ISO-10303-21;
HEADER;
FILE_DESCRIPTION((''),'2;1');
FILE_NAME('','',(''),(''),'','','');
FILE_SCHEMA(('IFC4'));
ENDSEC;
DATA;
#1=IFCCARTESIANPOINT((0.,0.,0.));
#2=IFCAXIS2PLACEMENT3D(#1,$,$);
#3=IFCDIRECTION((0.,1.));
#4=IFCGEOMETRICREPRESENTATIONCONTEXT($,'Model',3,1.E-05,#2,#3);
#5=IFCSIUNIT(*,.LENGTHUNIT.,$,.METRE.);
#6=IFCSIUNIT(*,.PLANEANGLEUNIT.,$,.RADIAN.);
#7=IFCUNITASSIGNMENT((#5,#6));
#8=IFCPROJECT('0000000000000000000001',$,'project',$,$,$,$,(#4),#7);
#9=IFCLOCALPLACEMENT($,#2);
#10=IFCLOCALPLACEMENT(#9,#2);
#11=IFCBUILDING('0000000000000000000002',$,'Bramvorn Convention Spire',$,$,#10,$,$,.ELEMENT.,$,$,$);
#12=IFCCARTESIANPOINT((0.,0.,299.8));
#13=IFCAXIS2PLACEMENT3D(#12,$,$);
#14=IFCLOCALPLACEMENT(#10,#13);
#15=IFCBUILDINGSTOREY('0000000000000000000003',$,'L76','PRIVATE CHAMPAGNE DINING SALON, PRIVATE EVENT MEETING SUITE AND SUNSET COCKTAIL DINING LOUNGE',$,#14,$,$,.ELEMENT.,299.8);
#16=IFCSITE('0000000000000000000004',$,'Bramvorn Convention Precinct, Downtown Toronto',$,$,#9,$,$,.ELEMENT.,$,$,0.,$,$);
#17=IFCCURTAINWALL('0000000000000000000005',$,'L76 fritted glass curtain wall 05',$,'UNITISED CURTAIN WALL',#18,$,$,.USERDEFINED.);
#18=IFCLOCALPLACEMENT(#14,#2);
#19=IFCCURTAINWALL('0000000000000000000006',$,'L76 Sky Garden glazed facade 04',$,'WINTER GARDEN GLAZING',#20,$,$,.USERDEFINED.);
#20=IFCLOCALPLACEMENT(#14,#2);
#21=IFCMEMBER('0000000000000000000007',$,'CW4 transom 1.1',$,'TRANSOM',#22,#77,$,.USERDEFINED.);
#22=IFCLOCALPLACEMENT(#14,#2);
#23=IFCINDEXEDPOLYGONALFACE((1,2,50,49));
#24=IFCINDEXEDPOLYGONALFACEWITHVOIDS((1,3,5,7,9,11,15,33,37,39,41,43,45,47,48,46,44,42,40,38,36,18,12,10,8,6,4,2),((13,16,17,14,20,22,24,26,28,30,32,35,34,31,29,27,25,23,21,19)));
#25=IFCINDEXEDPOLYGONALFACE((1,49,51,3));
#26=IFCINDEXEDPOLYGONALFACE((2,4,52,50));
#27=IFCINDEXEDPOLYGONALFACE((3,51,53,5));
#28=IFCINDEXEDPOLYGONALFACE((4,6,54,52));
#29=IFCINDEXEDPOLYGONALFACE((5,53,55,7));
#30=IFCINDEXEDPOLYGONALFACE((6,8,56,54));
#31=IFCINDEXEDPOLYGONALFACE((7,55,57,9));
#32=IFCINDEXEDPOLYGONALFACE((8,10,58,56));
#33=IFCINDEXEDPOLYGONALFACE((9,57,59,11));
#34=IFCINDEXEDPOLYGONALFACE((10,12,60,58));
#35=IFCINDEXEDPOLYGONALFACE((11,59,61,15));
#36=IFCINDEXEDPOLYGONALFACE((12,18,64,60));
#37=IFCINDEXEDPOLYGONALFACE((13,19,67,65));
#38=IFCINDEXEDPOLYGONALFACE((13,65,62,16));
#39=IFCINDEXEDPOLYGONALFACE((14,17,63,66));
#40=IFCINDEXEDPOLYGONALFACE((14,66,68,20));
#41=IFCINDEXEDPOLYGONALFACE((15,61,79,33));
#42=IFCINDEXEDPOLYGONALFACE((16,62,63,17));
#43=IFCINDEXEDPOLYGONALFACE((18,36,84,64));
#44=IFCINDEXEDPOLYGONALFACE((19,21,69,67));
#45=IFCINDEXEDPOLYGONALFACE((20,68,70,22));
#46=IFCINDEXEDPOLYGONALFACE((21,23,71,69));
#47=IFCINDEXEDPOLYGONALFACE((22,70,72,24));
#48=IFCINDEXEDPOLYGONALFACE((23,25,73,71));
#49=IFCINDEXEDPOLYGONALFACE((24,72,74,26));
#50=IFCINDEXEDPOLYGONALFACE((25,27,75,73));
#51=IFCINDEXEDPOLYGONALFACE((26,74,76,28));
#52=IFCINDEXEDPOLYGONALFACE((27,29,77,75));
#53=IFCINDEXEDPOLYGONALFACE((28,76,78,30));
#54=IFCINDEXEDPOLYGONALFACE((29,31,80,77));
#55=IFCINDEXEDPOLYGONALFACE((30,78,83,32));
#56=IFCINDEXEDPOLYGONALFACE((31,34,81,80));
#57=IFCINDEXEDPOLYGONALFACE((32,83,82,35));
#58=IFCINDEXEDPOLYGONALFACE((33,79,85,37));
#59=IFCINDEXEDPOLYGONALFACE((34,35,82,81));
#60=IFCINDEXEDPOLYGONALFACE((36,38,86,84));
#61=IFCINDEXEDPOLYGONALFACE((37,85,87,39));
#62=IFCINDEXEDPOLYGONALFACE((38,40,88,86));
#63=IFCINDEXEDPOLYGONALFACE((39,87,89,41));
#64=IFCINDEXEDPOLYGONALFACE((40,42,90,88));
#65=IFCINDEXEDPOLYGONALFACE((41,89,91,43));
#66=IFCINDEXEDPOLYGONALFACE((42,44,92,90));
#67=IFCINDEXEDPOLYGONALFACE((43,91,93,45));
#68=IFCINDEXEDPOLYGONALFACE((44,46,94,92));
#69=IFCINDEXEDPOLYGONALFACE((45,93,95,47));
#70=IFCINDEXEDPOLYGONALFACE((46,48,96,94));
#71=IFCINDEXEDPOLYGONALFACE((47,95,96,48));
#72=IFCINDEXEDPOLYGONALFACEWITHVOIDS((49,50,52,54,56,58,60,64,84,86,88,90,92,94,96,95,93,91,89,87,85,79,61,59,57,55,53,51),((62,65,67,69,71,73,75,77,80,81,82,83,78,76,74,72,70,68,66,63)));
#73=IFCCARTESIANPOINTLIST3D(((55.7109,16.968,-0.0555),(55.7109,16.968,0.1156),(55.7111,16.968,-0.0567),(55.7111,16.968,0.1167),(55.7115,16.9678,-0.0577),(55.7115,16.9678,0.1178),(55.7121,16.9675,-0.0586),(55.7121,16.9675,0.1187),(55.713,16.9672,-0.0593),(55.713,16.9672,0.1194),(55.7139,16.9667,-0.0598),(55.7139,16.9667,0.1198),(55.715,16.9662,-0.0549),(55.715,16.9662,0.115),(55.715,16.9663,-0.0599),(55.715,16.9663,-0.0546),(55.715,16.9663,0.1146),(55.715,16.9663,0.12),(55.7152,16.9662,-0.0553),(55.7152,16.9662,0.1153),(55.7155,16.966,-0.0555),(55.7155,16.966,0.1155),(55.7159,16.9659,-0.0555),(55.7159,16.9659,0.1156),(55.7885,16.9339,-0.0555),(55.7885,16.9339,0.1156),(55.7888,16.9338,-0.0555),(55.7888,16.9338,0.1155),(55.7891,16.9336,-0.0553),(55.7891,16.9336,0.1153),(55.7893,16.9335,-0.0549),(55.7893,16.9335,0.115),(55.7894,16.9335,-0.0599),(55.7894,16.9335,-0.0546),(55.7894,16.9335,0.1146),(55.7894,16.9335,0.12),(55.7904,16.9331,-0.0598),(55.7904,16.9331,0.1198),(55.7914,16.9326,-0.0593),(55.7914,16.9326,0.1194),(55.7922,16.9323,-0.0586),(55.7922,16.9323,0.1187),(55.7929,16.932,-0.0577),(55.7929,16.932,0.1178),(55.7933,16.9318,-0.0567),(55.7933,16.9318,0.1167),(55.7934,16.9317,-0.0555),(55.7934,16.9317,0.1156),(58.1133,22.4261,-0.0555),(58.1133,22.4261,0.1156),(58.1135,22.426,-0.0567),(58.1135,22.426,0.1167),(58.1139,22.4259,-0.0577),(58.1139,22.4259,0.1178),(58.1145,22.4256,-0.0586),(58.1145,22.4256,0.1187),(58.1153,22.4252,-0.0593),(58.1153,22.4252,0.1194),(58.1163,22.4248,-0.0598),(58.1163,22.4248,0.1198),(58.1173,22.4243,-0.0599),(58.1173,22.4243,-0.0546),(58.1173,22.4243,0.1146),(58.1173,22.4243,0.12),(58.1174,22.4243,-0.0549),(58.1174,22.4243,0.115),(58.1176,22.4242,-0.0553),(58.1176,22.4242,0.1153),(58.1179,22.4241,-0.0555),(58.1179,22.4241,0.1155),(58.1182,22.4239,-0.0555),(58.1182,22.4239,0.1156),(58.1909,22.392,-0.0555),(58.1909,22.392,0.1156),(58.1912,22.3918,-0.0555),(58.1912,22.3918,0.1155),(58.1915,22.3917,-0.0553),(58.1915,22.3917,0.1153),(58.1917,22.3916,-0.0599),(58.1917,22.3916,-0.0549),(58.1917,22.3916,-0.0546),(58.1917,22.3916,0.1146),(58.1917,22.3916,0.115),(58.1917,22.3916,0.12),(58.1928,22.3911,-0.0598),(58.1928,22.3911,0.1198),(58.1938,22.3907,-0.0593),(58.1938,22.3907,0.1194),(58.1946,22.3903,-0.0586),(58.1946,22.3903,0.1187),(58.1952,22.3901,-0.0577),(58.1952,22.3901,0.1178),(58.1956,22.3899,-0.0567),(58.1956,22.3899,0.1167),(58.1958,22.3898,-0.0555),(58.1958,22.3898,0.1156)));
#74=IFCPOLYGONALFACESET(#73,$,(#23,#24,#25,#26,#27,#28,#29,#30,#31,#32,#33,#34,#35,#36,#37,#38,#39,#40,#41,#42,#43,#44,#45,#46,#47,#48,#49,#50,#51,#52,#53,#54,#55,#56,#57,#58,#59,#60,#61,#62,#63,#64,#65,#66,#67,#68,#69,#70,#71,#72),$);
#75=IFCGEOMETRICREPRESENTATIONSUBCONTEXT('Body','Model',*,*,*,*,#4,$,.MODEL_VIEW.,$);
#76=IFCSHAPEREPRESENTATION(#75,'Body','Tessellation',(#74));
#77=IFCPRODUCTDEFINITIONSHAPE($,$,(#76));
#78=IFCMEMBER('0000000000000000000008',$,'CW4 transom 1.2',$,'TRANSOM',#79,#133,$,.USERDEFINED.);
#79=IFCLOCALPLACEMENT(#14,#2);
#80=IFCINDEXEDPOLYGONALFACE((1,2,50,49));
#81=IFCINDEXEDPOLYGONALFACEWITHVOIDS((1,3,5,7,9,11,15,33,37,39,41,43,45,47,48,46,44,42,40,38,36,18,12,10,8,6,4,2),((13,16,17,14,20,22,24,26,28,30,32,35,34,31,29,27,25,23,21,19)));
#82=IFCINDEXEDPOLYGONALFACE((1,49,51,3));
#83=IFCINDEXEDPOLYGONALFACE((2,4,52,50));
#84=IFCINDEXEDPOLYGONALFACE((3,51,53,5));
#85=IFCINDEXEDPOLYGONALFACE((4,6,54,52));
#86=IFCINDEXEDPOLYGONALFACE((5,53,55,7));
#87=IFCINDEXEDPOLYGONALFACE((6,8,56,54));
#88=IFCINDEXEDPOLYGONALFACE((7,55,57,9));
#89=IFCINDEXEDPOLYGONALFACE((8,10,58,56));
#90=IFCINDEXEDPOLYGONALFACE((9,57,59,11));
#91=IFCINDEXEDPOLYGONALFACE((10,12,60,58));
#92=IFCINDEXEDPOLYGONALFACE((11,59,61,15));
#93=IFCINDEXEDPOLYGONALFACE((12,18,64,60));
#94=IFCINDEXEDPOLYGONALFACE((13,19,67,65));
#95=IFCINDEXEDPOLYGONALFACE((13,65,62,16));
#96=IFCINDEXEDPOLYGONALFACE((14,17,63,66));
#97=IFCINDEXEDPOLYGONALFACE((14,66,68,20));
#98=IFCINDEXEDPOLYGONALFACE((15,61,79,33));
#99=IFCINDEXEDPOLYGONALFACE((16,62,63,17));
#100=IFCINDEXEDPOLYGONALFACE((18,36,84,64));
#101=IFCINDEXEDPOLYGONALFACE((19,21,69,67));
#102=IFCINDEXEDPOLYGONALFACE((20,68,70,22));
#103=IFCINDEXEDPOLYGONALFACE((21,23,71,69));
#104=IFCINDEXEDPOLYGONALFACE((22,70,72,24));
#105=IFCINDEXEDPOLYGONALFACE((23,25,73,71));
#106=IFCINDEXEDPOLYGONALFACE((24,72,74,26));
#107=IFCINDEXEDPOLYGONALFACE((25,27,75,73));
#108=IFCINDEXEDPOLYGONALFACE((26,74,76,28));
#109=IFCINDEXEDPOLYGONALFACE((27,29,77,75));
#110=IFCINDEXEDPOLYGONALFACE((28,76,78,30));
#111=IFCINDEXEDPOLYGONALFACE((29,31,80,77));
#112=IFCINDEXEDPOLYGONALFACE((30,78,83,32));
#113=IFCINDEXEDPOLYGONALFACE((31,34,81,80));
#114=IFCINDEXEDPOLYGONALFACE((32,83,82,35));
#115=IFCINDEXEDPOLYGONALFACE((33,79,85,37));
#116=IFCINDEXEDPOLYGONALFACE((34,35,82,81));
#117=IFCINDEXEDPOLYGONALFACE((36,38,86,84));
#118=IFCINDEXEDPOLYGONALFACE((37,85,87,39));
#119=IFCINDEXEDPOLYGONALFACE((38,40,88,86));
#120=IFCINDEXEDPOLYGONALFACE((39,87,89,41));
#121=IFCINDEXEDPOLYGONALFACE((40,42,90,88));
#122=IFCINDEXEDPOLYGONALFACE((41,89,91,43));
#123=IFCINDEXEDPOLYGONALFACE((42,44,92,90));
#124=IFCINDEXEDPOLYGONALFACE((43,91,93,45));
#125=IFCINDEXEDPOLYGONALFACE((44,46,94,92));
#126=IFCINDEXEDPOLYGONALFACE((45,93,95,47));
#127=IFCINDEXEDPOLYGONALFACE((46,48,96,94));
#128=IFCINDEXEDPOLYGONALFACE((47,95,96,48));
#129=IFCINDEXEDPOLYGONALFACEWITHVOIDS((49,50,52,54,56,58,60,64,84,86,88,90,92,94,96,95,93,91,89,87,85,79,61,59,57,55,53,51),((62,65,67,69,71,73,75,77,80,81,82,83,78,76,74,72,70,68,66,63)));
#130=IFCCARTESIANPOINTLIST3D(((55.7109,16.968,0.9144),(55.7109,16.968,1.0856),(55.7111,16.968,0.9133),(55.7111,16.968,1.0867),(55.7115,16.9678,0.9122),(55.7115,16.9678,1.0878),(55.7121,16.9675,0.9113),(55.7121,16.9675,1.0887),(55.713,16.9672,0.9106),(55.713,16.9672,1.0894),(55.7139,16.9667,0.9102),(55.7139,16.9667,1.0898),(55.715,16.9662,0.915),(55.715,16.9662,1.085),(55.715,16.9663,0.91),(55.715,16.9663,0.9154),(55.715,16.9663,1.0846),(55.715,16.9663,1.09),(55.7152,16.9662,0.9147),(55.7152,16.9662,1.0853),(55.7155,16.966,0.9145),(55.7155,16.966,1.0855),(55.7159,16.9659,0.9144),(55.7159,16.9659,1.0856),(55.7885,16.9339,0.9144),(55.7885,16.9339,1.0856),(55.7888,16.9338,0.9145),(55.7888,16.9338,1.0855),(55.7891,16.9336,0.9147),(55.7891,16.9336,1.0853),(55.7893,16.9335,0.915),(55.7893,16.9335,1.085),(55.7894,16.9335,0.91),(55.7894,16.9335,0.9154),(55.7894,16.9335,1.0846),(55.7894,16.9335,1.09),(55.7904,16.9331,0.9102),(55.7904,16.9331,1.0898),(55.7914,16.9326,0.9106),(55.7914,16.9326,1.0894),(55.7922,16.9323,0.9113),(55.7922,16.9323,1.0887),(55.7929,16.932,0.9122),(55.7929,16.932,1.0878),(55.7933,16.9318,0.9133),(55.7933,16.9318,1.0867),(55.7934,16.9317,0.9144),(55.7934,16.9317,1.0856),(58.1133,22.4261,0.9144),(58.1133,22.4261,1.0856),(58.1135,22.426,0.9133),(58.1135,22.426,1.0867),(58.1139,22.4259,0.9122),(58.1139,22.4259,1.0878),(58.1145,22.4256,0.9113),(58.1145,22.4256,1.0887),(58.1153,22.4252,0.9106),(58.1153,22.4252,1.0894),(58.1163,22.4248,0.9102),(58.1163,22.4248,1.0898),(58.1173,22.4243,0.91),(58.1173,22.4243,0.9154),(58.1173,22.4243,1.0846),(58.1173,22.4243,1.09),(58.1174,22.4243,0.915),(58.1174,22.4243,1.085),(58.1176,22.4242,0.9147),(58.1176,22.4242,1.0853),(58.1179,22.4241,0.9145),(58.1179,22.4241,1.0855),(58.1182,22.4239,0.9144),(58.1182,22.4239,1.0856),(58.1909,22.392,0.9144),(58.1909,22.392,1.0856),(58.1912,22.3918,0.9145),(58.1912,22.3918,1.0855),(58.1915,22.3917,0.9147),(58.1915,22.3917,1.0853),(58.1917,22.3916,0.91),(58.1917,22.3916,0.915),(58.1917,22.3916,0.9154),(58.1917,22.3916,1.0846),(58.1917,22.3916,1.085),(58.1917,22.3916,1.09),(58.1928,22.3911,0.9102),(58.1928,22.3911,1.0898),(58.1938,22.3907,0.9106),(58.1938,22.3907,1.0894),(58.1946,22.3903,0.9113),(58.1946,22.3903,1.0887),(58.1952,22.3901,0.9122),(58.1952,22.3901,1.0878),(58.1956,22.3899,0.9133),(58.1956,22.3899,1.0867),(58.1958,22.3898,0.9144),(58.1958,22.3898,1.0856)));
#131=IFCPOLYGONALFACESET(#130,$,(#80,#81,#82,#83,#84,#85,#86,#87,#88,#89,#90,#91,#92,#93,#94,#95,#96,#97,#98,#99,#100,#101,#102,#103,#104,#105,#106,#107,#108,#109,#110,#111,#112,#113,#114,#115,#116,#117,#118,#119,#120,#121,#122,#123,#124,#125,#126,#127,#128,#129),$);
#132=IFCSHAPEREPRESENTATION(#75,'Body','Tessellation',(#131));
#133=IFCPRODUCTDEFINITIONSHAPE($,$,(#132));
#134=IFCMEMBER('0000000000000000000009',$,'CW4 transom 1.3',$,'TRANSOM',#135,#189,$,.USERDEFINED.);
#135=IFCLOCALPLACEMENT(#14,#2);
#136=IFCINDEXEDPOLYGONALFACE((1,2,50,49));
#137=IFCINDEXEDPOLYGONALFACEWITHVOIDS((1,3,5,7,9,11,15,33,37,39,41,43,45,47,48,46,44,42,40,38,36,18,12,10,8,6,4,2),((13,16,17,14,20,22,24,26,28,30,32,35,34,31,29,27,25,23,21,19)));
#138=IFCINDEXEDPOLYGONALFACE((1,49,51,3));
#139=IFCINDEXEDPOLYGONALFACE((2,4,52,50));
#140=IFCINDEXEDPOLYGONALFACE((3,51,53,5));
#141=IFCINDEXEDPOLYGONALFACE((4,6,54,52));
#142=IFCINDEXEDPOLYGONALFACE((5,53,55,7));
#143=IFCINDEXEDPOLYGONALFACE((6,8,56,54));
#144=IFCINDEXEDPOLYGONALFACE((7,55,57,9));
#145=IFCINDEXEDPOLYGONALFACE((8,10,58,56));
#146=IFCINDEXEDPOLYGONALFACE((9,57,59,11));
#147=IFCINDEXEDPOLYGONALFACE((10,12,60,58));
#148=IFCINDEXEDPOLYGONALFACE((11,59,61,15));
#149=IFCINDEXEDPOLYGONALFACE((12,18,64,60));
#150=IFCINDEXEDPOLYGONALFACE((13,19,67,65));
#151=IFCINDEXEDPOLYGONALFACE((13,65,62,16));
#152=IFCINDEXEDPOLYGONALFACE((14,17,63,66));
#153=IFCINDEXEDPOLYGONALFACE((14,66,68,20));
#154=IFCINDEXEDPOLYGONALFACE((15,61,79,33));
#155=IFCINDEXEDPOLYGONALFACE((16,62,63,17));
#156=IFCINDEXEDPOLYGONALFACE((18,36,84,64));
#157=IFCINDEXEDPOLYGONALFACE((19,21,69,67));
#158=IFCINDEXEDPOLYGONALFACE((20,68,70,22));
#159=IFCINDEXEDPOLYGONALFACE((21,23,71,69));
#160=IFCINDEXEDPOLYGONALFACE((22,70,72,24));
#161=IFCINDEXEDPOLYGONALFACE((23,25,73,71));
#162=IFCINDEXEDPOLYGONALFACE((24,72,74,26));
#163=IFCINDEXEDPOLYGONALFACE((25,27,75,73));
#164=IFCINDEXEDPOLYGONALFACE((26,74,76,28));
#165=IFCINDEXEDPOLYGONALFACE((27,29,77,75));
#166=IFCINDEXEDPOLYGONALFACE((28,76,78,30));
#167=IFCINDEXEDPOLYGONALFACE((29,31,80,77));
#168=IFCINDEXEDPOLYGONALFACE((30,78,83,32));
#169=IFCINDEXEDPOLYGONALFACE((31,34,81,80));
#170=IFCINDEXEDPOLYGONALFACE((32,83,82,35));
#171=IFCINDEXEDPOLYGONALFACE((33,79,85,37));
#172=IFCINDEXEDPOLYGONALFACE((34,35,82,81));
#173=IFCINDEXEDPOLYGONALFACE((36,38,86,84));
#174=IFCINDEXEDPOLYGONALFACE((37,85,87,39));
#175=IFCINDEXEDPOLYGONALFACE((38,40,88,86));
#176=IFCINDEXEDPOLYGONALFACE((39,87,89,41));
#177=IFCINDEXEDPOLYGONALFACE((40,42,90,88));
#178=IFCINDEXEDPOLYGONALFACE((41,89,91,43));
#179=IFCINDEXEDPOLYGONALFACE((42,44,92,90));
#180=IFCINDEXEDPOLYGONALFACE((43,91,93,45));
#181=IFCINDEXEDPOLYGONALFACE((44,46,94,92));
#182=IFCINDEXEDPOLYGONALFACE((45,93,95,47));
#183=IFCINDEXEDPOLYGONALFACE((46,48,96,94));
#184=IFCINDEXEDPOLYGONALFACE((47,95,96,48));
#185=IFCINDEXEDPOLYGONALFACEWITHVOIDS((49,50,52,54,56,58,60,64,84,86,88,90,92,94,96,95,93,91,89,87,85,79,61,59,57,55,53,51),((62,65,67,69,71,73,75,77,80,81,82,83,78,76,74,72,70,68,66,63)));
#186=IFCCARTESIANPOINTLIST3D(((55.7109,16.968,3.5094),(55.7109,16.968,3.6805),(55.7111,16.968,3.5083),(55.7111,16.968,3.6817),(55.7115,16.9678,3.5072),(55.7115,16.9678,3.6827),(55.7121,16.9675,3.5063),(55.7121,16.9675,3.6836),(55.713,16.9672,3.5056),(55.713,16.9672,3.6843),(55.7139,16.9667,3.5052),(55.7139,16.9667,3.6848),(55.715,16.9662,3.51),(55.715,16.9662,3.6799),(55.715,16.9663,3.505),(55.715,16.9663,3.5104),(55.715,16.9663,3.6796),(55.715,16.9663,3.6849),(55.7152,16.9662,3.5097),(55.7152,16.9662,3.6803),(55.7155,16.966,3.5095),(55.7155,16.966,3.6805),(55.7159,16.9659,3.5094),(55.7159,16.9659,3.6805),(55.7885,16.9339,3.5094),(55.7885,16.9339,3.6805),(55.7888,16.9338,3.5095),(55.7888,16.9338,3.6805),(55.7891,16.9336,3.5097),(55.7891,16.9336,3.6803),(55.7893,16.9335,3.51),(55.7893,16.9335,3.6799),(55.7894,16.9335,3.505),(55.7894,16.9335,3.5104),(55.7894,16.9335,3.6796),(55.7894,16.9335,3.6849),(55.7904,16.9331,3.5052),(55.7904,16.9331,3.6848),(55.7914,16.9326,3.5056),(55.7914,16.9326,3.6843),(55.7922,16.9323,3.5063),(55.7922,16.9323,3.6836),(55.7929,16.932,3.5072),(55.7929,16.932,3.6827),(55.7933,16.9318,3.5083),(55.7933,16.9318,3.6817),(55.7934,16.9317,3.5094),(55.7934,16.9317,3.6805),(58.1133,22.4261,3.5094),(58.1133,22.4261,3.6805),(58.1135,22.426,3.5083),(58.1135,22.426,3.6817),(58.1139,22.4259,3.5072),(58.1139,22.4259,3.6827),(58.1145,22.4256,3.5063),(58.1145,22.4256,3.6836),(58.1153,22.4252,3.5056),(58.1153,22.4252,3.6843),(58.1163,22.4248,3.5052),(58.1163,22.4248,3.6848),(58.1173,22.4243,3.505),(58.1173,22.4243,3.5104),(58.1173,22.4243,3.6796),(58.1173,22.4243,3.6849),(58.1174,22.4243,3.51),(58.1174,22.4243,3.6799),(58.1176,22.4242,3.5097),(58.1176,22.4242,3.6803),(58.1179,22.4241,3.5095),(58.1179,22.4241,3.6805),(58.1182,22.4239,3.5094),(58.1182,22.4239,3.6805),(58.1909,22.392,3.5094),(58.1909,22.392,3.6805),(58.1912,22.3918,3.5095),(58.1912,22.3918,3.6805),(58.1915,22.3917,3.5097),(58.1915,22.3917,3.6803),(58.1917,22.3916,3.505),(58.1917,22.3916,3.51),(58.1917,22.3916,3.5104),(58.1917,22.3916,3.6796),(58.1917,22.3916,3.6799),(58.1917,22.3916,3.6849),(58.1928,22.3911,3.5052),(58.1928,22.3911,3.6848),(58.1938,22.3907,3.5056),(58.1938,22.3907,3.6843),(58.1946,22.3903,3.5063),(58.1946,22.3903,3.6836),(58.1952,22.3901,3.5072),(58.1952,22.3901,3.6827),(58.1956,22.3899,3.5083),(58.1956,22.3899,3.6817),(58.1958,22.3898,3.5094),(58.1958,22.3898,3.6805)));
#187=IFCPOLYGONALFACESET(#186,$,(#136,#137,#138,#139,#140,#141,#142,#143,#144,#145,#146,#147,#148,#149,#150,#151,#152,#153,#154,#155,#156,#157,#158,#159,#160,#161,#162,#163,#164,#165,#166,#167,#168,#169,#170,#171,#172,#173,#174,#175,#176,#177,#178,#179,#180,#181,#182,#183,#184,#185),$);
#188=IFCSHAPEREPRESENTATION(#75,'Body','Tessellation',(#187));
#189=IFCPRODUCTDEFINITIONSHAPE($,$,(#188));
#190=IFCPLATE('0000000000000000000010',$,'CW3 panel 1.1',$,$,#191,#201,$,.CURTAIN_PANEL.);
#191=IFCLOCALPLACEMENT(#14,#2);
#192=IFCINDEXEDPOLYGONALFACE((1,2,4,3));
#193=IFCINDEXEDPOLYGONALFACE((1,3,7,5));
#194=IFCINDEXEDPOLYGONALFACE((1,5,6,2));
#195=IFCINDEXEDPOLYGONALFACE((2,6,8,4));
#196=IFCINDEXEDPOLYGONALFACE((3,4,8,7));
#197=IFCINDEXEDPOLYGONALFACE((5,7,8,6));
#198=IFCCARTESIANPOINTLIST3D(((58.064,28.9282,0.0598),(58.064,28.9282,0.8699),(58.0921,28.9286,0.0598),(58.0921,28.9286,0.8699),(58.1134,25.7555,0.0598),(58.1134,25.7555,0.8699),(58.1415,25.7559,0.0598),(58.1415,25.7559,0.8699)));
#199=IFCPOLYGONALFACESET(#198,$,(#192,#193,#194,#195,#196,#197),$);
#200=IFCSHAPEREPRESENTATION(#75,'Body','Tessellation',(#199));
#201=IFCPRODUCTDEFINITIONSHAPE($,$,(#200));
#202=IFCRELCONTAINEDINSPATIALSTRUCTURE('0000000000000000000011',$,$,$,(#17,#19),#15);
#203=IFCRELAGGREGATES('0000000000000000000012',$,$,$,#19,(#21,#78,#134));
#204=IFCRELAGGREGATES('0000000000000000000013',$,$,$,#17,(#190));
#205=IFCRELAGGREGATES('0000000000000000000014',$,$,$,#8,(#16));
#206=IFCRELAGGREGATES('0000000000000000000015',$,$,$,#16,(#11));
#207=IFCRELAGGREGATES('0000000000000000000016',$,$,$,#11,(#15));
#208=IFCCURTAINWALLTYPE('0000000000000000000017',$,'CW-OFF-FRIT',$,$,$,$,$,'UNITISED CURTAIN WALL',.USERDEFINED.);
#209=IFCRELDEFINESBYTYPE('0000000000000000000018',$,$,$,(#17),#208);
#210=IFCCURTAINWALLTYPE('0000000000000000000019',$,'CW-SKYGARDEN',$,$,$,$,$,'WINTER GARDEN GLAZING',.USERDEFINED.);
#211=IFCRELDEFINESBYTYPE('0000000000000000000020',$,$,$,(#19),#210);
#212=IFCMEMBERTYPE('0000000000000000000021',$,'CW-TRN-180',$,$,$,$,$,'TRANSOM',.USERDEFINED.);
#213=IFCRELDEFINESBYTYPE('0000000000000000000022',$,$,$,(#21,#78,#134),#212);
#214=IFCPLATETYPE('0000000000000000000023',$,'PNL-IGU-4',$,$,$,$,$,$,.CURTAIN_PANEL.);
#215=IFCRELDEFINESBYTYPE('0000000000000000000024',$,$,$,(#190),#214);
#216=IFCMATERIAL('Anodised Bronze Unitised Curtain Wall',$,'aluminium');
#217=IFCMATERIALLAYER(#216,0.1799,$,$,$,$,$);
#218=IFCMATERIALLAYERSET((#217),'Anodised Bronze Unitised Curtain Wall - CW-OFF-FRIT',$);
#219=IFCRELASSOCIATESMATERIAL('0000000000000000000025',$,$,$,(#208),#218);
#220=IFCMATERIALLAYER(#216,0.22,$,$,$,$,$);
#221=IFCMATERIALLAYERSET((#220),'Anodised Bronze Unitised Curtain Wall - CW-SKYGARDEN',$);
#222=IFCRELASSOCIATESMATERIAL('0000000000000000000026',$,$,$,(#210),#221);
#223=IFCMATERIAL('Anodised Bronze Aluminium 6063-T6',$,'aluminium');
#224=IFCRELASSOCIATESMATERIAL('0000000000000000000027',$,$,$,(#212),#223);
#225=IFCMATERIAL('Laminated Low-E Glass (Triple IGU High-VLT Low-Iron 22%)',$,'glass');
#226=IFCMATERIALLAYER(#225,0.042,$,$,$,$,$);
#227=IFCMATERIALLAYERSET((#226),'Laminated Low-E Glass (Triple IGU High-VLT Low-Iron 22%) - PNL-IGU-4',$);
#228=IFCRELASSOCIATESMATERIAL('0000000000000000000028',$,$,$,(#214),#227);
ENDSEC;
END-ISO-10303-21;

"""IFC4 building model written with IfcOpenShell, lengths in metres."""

from ifc_helpers import new_model, si_unit, direction, frame, origin, origin_2d, place, context, subcontext, project, spatial, rectangle, hollow_rectangle, extrude, material, layer, layer_set, material_profile, profile_set, type_object, element, aggregate, save


model = new_model("IFC4")

# Units and contexts
model_context = context("Model", 3, precision=1e-05, world=origin(), true_north=direction((0.0, 1.0)))
body_context = subcontext(model_context, "Body", "Model", "MODEL_VIEW")
ifc_project = project(units=[si_unit("LENGTHUNIT", "METRE"), si_unit("PLANEANGLEUNIT", "RADIAN")], contexts=[model_context])

# Site, building, storey
site_placement = place(None, origin())
site = spatial("IfcSite", under=ifc_project, at=site_placement, Name="Bramvorn Convention Precinct, Downtown Toronto", CompositionType="ELEMENT", RefElevation=0.0)
building_placement = place(site_placement, origin())
building = spatial("IfcBuilding", under=site, at=building_placement, Name="Bramvorn Convention Spire", CompositionType="ELEMENT")
storey_placement = place(building_placement, frame((0.0, 0.0, 299.8)))
storey = spatial("IfcBuildingStorey", under=building, at=storey_placement, Name="L76", Description="PRIVATE CHAMPAGNE DINING SALON, PRIVATE EVENT MEETING SUITE AND SUNSET COCKTAIL DINING LOUNGE", CompositionType="ELEMENT", Elevation=299.8)

# Curtain wall
ifc_material_1 = material(Name="Anodised Bronze Unitised Curtain Wall", Category="aluminium")
ifc_layer_1 = layer(ifc_material_1, 0.1799)
ifc_layer_set_1 = layer_set([ifc_layer_1], Name="Anodised Bronze Unitised Curtain Wall - CW-OFF-FRIT")
curtain_wall_type_1 = type_object("IfcCurtainWallType", Name="CW-OFF-FRIT", ElementType="UNITISED CURTAIN WALL", PredefinedType="USERDEFINED", material=ifc_layer_set_1)
curtain_wall_1_placement = place(storey_placement, origin())
curtain_wall_1 = element("IfcCurtainWall", 1, at=curtain_wall_1_placement, inside=storey, type_object=curtain_wall_type_1, Name="L76 fritted glass curtain wall 05", ObjectType="UNITISED CURTAIN WALL", PredefinedType="USERDEFINED")
ifc_material_2 = material(Name="Anodised Bronze Aluminium 6063-T6", Category="aluminium")

# Curtain wall
ifc_layer_2 = layer(ifc_material_1, 0.22)
ifc_layer_set_2 = layer_set([ifc_layer_2], Name="Anodised Bronze Unitised Curtain Wall - CW-SKYGARDEN")
curtain_wall_type_2 = type_object("IfcCurtainWallType", Name="CW-SKYGARDEN", ElementType="WINTER GARDEN GLAZING", PredefinedType="USERDEFINED", material=ifc_layer_set_2)
curtain_wall_2_placement = place(storey_placement, origin())
curtain_wall_2 = element("IfcCurtainWall", 2, at=curtain_wall_2_placement, inside=storey, type_object=curtain_wall_type_2, Name="L76 Sky Garden glazed facade 04", ObjectType="WINTER GARDEN GLAZING", PredefinedType="USERDEFINED")

# Members
ifc_material_profile_1 = material_profile(ifc_material_2, hollow_rectangle(XDim=0.0901, YDim=0.1799, WallThickness=0.0044, InnerFilletRadius=0.001, OuterFilletRadius=0.0044, at=origin_2d()))
ifc_profile_set_1 = profile_set([ifc_material_profile_1], Name="Anodised Bronze Aluminium 6063-T6 - CWT90X180")
member_type_1 = type_object("IfcMemberType", Name="CW-TRN-180", ElementType="TRANSOM", PredefinedType="USERDEFINED", material=ifc_profile_set_1)
member_1_placement = place(storey_placement, frame((58.1545, 22.408, 0.03), z_axis=(-0.402854, -0.915264, 0.0), x_axis=(0.915264, -0.402854, 0.0)))
member_1 = element("IfcMember", 3, at=member_1_placement, type_object=member_type_1, Name="CW4 transom 1.1", ObjectType="TRANSOM", PredefinedType="USERDEFINED", context=body_context, shape_type="SweptSolid", body=[
    extrude(hollow_rectangle(XDim=0.0901, YDim=0.1799, WallThickness=0.0044, InnerFilletRadius=0.001, OuterFilletRadius=0.0044, at=origin_2d()), origin(), (0.0, 0.0, 1.0), 5.9634),
])
member_2_placement = place(storey_placement, frame((58.1545, 22.408, 1.0), z_axis=(-0.402854, -0.915264, 0.0), x_axis=(0.915264, -0.402854, 0.0)))
member_2 = element("IfcMember", 4, at=member_2_placement, type_object=member_type_1, Name="CW4 transom 1.2", ObjectType="TRANSOM", PredefinedType="USERDEFINED", context=body_context, shape_type="SweptSolid", body=[
    extrude(hollow_rectangle(XDim=0.0901, YDim=0.1799, WallThickness=0.0044, InnerFilletRadius=0.001, OuterFilletRadius=0.0044, at=origin_2d()), origin(), (0.0, 0.0, 1.0), 5.9634),
])
member_3_placement = place(storey_placement, frame((58.1545, 22.408, 3.595), z_axis=(-0.402854, -0.915264, 0.0), x_axis=(0.915264, -0.402854, 0.0)))
member_3 = element("IfcMember", 5, at=member_3_placement, type_object=member_type_1, Name="CW4 transom 1.3", ObjectType="TRANSOM", PredefinedType="USERDEFINED", context=body_context, shape_type="SweptSolid", body=[
    extrude(hollow_rectangle(XDim=0.0901, YDim=0.1799, WallThickness=0.0044, InnerFilletRadius=0.001, OuterFilletRadius=0.0044, at=origin_2d()), origin(), (0.0, 0.0, 1.0), 5.9634),
])
aggregate(curtain_wall_2, [member_1, member_2, member_3])

# Plate
ifc_material_3 = material(Name="Laminated Low-E Glass (Triple IGU High-VLT Low-Iron 22%)", Category="glass")
ifc_layer_3 = layer(ifc_material_3, 0.042)
ifc_layer_set_3 = layer_set([ifc_layer_3], Name="Laminated Low-E Glass (Triple IGU High-VLT Low-Iron 22%) - PNL-IGU-4")
plate_type = type_object("IfcPlateType", Name="PNL-IGU-4", PredefinedType="CURTAIN_PANEL", material=ifc_layer_set_3)
plate_1_placement = place(storey_placement, frame((58.1028, 27.342, 0.0598), z_axis=(0.0, 0.0, 1.0), x_axis=(0.015568, -0.999879, 0.0)))
plate_1 = element("IfcPlate", 6, at=plate_1_placement, type_object=plate_type, Name="CW3 panel 1.1", PredefinedType="CURTAIN_PANEL", context=body_context, shape_type="SweptSolid", body=[
    extrude(rectangle(XDim=3.1731, YDim=0.0281, at=origin_2d()), origin(), (0.0, 0.0, 1.0), 0.8101),
])
aggregate(curtain_wall_1, [plate_1])

save(model, "model.ifc")
